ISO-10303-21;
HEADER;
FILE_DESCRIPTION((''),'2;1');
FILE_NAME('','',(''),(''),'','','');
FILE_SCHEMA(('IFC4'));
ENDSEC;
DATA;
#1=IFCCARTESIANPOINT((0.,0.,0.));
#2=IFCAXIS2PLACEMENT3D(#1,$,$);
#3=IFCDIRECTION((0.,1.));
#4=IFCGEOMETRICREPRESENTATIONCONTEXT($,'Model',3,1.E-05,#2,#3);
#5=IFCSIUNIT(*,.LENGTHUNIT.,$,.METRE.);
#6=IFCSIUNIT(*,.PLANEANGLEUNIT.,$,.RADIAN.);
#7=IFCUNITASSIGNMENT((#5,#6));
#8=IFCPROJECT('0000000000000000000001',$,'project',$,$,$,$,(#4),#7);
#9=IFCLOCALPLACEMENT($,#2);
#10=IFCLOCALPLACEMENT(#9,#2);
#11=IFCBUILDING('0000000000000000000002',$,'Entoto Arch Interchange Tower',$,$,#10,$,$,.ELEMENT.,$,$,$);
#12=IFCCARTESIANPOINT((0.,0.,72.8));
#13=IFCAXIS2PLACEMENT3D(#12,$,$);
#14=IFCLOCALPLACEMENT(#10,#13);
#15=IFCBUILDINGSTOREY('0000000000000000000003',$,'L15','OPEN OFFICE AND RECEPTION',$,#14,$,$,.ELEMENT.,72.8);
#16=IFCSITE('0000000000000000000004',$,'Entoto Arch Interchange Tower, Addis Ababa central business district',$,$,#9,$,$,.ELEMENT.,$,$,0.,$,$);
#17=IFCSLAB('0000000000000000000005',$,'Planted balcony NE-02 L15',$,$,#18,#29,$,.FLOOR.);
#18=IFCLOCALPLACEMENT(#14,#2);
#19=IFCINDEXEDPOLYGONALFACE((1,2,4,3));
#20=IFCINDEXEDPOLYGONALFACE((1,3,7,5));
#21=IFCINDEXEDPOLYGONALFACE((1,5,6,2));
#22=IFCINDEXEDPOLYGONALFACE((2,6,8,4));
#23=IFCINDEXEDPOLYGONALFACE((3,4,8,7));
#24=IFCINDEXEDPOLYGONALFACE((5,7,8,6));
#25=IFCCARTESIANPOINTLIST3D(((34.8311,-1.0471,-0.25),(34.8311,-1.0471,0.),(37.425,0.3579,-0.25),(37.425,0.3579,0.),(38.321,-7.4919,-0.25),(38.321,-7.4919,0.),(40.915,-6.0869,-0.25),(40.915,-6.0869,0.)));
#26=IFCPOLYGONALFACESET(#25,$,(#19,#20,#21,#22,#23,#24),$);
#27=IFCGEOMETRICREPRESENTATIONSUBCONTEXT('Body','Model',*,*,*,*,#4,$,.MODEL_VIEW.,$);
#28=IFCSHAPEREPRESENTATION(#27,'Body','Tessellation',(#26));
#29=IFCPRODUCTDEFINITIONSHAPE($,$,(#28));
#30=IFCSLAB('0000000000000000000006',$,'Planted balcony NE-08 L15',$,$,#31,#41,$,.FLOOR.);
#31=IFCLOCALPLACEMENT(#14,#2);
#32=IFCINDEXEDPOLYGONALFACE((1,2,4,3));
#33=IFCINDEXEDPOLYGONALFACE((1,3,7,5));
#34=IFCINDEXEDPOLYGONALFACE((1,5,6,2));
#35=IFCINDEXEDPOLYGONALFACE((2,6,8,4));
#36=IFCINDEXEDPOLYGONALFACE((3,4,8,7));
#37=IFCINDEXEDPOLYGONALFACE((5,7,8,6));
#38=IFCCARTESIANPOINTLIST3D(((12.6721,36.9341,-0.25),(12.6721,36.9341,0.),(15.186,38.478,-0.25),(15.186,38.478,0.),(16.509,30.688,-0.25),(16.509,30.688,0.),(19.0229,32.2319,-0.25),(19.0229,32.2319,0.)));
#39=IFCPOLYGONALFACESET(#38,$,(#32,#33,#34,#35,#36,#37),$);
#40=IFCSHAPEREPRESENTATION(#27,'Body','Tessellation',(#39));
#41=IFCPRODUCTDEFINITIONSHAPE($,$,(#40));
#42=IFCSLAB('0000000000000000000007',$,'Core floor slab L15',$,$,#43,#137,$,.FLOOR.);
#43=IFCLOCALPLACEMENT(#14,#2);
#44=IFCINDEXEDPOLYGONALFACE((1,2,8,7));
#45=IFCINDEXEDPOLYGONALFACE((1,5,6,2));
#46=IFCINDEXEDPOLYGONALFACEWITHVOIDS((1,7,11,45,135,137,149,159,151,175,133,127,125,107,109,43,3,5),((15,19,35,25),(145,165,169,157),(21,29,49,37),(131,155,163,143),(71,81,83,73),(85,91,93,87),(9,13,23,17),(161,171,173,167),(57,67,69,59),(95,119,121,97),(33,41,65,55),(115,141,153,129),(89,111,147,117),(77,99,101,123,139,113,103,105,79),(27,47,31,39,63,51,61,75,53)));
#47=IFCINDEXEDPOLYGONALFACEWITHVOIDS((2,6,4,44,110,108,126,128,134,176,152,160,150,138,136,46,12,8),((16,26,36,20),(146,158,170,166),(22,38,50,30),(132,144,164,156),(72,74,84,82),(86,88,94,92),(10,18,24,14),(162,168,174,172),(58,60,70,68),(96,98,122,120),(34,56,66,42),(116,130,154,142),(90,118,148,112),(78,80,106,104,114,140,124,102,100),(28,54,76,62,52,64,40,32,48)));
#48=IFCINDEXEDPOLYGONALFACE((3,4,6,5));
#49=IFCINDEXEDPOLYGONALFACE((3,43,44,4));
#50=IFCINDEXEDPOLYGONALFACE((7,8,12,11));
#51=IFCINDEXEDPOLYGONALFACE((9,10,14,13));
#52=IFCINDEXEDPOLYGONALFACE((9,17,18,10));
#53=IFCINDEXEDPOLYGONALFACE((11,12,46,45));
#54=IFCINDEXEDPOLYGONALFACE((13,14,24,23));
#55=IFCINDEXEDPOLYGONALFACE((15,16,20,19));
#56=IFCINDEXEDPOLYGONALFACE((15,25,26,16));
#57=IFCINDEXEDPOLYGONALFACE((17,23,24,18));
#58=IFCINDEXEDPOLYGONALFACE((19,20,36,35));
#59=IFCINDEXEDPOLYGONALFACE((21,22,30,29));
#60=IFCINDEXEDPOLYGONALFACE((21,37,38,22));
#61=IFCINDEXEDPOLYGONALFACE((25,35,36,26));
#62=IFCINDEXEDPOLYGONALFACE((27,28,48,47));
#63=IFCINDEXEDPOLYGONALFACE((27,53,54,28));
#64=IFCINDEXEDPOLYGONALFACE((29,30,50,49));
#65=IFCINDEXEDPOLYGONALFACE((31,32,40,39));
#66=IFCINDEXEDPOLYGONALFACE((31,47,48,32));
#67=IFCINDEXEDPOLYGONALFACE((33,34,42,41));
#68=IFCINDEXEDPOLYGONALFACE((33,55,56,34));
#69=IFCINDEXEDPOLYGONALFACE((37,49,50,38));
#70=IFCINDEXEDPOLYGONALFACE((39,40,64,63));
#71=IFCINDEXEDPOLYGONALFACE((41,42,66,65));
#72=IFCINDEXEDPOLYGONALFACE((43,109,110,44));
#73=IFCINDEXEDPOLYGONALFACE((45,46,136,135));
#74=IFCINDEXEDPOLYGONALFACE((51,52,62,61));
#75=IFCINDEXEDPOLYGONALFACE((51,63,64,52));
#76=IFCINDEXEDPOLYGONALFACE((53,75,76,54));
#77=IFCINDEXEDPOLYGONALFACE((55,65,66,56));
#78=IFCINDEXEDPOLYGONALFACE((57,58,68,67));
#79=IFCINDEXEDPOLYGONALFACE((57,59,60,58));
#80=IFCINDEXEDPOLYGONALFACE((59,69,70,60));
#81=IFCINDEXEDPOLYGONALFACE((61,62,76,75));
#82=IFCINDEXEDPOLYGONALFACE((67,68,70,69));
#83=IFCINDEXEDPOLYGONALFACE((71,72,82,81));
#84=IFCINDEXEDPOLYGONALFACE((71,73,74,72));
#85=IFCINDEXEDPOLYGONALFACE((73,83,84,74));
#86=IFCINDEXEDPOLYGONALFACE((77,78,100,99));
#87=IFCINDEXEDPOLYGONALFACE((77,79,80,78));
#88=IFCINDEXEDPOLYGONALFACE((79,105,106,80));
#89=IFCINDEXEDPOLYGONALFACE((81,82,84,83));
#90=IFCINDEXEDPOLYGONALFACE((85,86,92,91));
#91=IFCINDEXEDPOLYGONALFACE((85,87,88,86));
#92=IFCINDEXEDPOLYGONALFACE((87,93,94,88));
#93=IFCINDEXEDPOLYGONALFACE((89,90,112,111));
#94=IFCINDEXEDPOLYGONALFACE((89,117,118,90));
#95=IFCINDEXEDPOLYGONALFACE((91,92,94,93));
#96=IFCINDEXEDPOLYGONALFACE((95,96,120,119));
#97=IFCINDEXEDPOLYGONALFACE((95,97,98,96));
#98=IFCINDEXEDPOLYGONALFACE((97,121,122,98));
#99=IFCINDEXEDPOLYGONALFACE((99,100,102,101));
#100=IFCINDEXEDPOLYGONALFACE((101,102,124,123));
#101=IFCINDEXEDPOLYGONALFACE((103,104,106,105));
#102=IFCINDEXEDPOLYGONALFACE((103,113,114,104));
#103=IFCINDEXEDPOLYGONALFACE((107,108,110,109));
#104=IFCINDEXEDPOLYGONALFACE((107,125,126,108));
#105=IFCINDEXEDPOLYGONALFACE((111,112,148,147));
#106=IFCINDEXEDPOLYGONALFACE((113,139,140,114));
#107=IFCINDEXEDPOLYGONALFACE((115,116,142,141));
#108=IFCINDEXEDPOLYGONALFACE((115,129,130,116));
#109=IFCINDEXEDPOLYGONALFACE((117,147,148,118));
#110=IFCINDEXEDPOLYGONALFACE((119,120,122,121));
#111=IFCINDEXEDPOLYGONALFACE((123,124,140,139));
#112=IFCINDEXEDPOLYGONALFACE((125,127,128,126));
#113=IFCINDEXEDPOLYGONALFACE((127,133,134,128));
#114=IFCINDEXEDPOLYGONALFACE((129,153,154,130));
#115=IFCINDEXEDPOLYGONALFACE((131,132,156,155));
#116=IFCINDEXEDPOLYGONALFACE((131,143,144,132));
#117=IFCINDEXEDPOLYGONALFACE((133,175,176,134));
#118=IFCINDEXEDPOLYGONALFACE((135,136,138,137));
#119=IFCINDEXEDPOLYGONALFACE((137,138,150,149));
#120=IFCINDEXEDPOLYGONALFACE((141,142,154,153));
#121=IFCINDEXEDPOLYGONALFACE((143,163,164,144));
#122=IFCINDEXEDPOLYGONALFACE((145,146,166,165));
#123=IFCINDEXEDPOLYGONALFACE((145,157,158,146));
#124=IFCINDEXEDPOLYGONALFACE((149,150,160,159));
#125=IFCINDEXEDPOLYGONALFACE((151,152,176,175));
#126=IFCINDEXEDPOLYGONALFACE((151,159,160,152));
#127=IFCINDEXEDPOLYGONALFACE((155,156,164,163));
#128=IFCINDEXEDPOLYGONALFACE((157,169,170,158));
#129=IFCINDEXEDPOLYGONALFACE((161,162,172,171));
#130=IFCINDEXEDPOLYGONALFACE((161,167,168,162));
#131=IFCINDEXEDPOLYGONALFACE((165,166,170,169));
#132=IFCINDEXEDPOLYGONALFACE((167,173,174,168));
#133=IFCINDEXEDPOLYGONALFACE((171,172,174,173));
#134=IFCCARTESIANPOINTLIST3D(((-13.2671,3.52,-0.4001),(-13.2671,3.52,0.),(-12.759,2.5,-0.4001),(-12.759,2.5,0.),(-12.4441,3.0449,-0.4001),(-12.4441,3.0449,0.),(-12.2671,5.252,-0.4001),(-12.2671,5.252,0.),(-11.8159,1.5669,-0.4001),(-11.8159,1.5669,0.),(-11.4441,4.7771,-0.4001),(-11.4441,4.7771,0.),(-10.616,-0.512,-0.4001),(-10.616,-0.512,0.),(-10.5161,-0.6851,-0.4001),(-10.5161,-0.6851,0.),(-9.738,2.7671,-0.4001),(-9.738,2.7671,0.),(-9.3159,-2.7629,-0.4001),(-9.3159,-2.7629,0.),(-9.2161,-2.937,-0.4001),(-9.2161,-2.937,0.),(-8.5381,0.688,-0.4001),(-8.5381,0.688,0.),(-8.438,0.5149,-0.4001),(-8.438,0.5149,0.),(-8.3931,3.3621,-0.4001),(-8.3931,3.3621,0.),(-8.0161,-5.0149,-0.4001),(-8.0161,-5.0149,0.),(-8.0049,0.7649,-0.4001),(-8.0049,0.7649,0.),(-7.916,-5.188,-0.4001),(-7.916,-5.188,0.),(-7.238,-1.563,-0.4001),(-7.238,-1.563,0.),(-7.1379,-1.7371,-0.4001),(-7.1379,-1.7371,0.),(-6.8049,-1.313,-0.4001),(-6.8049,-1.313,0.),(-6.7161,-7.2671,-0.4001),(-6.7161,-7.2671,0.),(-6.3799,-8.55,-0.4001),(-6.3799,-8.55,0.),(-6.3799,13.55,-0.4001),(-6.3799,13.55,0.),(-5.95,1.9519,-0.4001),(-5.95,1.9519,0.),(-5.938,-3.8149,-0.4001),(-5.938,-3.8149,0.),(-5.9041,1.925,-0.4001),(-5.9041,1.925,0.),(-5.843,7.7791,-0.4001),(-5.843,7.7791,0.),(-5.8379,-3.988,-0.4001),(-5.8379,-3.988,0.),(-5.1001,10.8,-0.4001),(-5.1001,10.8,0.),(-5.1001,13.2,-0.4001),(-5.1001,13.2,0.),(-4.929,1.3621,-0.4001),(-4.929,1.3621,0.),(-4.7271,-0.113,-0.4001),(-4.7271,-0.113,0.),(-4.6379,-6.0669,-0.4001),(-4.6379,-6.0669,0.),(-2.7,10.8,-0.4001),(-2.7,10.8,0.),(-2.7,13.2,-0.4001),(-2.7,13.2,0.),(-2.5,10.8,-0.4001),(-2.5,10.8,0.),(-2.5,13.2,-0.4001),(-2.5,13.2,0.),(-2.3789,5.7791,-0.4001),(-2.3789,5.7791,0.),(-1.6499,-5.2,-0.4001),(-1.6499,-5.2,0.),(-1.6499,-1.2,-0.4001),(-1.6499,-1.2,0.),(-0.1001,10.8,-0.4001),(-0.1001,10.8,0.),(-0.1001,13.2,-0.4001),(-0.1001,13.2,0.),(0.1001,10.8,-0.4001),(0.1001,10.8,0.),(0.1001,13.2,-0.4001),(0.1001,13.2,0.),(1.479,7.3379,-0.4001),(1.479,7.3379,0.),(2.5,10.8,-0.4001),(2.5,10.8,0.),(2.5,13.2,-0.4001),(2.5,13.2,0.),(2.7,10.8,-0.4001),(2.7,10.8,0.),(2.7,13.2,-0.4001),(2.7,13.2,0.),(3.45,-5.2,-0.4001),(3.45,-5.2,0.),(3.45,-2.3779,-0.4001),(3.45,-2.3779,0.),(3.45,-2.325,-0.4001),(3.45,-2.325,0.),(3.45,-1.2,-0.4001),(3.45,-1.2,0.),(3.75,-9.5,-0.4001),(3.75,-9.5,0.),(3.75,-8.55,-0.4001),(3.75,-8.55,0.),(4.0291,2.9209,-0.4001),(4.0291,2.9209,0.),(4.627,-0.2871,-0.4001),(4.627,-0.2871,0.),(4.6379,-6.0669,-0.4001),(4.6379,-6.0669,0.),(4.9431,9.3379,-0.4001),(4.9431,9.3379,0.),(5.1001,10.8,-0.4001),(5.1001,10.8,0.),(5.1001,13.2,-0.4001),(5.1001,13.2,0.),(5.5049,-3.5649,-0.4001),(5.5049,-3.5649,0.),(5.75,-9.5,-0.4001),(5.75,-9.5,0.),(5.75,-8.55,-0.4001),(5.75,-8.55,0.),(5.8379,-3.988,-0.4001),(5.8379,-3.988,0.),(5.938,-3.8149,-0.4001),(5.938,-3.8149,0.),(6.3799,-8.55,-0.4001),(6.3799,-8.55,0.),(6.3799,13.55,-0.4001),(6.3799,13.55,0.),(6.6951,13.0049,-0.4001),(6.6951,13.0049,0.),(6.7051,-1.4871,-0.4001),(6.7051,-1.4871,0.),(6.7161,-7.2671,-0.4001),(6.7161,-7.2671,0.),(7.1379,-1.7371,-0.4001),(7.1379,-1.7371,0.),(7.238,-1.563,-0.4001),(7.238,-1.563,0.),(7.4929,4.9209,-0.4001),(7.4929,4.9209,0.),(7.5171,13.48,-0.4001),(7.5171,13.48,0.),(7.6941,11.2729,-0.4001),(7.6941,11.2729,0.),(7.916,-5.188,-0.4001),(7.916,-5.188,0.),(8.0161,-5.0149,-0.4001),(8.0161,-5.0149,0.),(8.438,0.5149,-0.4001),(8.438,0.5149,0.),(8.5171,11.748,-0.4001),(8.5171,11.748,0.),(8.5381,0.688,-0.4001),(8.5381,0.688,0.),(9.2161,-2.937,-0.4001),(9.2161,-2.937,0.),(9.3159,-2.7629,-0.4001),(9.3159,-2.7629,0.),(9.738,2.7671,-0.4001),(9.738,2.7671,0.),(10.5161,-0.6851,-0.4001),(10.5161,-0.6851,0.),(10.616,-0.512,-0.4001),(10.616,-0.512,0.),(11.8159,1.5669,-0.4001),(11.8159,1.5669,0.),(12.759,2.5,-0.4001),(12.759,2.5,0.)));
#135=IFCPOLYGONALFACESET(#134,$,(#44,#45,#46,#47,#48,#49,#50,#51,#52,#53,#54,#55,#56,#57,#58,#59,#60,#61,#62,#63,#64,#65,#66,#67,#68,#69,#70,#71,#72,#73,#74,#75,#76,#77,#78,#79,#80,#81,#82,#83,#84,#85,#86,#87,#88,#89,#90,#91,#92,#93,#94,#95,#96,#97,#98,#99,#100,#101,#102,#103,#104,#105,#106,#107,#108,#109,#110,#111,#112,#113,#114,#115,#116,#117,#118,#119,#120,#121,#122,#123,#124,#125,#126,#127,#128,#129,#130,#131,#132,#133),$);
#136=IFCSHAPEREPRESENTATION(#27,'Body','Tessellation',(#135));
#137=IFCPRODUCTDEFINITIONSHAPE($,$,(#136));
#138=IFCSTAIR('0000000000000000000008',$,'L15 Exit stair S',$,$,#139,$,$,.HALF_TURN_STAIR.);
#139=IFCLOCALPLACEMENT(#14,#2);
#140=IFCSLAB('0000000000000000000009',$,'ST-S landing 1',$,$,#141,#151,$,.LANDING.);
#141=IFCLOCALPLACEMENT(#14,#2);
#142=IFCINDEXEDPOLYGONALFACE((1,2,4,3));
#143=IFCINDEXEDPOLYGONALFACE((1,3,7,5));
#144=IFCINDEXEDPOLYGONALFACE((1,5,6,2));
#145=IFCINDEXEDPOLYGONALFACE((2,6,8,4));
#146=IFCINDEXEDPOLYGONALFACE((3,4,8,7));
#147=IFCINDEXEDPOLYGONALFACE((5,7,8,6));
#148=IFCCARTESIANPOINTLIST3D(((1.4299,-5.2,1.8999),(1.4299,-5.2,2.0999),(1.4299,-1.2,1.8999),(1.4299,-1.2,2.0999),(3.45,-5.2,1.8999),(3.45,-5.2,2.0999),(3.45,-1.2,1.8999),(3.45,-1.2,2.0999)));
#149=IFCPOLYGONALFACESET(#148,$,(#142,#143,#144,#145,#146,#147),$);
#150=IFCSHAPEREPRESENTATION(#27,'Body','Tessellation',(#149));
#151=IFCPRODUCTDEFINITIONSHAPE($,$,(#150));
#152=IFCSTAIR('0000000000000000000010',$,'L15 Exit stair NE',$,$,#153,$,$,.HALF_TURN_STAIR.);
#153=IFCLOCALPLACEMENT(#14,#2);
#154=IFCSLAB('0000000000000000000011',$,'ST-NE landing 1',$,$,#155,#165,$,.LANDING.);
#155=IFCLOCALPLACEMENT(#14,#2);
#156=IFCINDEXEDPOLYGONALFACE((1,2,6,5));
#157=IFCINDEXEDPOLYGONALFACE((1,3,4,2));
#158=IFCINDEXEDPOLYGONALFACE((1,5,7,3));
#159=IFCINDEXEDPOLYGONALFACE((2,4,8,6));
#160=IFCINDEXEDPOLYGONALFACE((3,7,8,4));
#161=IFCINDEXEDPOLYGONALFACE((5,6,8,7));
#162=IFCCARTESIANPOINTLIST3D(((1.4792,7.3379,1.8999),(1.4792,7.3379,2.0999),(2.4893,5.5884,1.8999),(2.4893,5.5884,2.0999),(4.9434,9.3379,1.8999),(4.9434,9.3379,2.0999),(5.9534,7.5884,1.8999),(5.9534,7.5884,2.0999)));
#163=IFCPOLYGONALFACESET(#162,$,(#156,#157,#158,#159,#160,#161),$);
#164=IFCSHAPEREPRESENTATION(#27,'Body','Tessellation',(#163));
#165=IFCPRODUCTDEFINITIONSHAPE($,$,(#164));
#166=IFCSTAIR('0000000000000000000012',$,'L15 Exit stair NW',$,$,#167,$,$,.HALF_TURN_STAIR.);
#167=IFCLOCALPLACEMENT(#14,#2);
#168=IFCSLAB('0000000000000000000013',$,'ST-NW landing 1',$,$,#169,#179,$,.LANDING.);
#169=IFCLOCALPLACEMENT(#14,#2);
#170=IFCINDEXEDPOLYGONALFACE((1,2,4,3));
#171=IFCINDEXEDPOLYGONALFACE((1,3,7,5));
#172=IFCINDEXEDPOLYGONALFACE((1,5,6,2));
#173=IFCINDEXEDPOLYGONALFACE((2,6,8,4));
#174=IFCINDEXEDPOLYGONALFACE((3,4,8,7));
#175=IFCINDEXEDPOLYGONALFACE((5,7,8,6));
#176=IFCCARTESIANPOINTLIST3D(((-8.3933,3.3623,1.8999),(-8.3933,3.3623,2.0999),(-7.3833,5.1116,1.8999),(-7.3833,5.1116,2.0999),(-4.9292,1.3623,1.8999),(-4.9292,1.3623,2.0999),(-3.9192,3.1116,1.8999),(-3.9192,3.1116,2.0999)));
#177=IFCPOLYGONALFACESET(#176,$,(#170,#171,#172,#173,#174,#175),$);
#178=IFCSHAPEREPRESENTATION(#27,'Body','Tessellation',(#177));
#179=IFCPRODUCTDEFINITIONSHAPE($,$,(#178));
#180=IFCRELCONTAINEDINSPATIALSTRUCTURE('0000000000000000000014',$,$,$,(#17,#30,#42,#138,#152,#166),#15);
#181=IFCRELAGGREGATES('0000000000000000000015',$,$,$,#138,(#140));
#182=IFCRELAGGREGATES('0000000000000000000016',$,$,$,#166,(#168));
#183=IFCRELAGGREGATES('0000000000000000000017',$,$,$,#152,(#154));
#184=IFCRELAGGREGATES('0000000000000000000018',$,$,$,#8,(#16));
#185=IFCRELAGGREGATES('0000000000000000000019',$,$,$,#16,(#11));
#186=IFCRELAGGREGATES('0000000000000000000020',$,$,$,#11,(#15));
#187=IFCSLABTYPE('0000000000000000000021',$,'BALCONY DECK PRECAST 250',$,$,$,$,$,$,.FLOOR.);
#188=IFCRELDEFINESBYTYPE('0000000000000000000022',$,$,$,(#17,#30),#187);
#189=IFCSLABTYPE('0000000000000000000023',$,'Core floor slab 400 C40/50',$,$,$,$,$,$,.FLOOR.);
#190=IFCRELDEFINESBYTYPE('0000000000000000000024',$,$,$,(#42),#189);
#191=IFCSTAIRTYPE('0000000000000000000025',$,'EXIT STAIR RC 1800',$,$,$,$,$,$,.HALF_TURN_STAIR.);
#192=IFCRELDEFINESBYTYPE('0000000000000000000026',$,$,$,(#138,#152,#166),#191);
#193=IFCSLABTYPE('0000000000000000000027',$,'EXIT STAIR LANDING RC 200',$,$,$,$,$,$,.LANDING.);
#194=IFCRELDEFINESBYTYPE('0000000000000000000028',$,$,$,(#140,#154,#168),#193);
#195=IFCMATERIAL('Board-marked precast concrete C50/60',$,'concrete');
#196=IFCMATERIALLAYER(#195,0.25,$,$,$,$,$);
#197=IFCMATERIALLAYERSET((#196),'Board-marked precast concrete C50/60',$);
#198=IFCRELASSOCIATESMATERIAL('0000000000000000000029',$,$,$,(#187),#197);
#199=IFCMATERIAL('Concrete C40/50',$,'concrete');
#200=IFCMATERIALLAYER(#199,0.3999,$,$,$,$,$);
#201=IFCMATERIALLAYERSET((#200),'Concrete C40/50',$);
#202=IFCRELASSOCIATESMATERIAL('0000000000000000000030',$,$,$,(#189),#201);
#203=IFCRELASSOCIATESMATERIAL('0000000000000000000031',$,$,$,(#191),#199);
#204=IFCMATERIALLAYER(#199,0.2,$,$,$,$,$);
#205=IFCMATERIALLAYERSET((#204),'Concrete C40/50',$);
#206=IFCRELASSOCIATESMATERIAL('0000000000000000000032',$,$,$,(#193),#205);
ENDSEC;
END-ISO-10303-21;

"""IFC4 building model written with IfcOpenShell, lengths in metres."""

from ifc_helpers import new_model, si_unit, direction, frame, origin, place, context, subcontext, project, spatial, polyline, outline, extrude, material, layer, layer_set, type_object, element, aggregate, save


model = new_model("IFC4")

# Units and contexts
model_context = context("Model", 3, precision=1e-05, world=origin(), true_north=direction((0.0, 1.0)))
body_context = subcontext(model_context, "Body", "Model", "MODEL_VIEW")
ifc_project = project(units=[si_unit("LENGTHUNIT", "METRE"), si_unit("PLANEANGLEUNIT", "RADIAN")], contexts=[model_context])

# Site, building, storey
site_placement = place(None, origin())
site = spatial("IfcSite", under=ifc_project, at=site_placement, Name="Entoto Arch Interchange Tower, Addis Ababa central business district", CompositionType="ELEMENT", RefElevation=0.0)
building_placement = place(site_placement, origin())
building = spatial("IfcBuilding", under=site, at=building_placement, Name="Entoto Arch Interchange Tower", CompositionType="ELEMENT")
storey_placement = place(building_placement, frame((0.0, 0.0, 72.8)))
storey = spatial("IfcBuildingStorey", under=building, at=storey_placement, Name="L15", Description="OPEN OFFICE AND RECEPTION", CompositionType="ELEMENT", Elevation=72.8)

# Slabs
ifc_material_1 = material(Name="Board-marked precast concrete C50/60", Category="concrete")
ifc_layer_1 = layer(ifc_material_1, 0.25)
ifc_layer_set_1 = layer_set([ifc_layer_1], Name="Board-marked precast concrete C50/60")
slab_type_1 = type_object("IfcSlabType", Name="BALCONY DECK PRECAST 250", PredefinedType="FLOOR", material=ifc_layer_set_1)
slab_1_placement = place(storey_placement, frame((0.0, 0.0, -0.25)))
element("IfcSlab", 1, at=slab_1_placement, inside=storey, type_object=slab_type_1, Name="Planted balcony NE-02 L15", PredefinedType="FLOOR", context=body_context, shape_type="SweptSolid", body=[
    extrude(outline(polyline([(38.321, -7.4919), (34.8311, -1.0471), (37.425, 0.3579), (40.915, -6.0869), (38.321, -7.4919)])), origin(), (0.0, 0.0, 1.0), 0.25),
])
slab_2_placement = place(storey_placement, frame((0.0, 0.0, -0.25)))
element("IfcSlab", 2, at=slab_2_placement, inside=storey, type_object=slab_type_1, Name="Planted balcony NE-08 L15", PredefinedType="FLOOR", context=body_context, shape_type="SweptSolid", body=[
    extrude(outline(polyline([(16.509, 30.688), (12.6721, 36.9341), (15.186, 38.478), (19.0229, 32.2319), (16.509, 30.688)])), origin(), (0.0, 0.0, 1.0), 0.25),
])
ifc_material_2 = material(Name="Concrete C40/50", Category="concrete")
ifc_layer_2 = layer(ifc_material_2, 0.3999)
ifc_layer_set_2 = layer_set([ifc_layer_2], Name="Concrete C40/50")
slab_type_2 = type_object("IfcSlabType", Name="Core floor slab 400 C40/50", PredefinedType="FLOOR", material=ifc_layer_set_2)
slab_3_placement = place(storey_placement, frame((0.0, 0.0, -0.4001)))
element("IfcSlab", 3, at=slab_3_placement, inside=storey, type_object=slab_type_2, Name="Core floor slab L15", PredefinedType="FLOOR", context=body_context, shape_type="SweptSolid", body=[
    extrude(outline(polyline([(5.75, -9.5), (3.75, -9.5), (3.75, -8.55), (-6.3799, -8.55), (-12.759, 2.5), (-12.4441, 3.0449), (-13.2671, 3.52), (-12.2671, 5.252), (-11.4441, 4.7771), (-6.3799, 13.55), (6.3799, 13.55), (6.6951, 13.0049), (7.5171, 13.48), (8.5171, 11.748), (7.6941, 11.2729), (12.759, 2.5), (6.3799, -8.55), (5.75, -8.55), (5.75, -9.5)]), holes=[polyline([(-4.6379, -6.0669), (-5.8379, -3.988), (-7.916, -5.188), (-6.7161, -7.2671), (-4.6379, -6.0669)]), polyline([(-5.938, -3.8149), (-7.1379, -1.7371), (-9.2161, -2.937), (-8.0161, -5.0149), (-5.938, -3.8149)]), polyline([(5.5049, -3.5649), (6.7051, -1.4871), (4.627, -0.2871), (3.45, -2.325), (3.45, -1.2), (-1.6499, -1.2), (-1.6499, -5.2), (3.45, -5.2), (3.45, -2.3779), (5.5049, -3.5649)]), polyline([(-7.238, -1.563), (-8.438, 0.5149), (-10.5161, -0.6851), (-9.3159, -2.7629), (-7.238, -1.563)]), polyline([(-4.7271, -0.113), (-5.9041, 1.925), (-4.929, 1.3621), (-2.3789, 5.7791), (-5.843, 7.7791), (-8.3931, 3.3621), (-5.95, 1.9519), (-8.0049, 0.7649), (-6.8049, -1.313), (-4.7271, -0.113)]), polyline([(-8.5381, 0.688), (-9.738, 2.7671), (-11.8159, 1.5669), (-10.616, -0.512), (-8.5381, 0.688)]), polyline([(-5.1001, 10.8), (-2.7, 10.8), (-2.7, 13.2), (-5.1001, 13.2), (-5.1001, 10.8)]), polyline([(-2.5, 10.8), (-0.1001, 10.8), (-0.1001, 13.2), (-2.5, 13.2), (-2.5, 10.8)]), polyline([(5.8379, -3.988), (4.6379, -6.0669), (6.7161, -7.2671), (7.916, -5.188), (5.8379, -3.988)]), polyline([(7.1379, -1.7371), (5.938, -3.8149), (8.0161, -5.0149), (9.2161, -2.937), (7.1379, -1.7371)]), polyline([(8.438, 0.5149), (7.238, -1.563), (9.3159, -2.7629), (10.5161, -0.6851), (8.438, 0.5149)]), polyline([(9.738, 2.7671), (8.5381, 0.688), (10.616, -0.512), (11.8159, 1.5669), (9.738, 2.7671)]), polyline([(4.0291, 2.9209), (7.4929, 4.9209), (4.9431, 9.3379), (1.479, 7.3379), (4.0291, 2.9209)]), polyline([(0.1001, 13.2), (0.1001, 10.8), (2.5, 10.8), (2.5, 13.2), (0.1001, 13.2)]), polyline([(2.7, 13.2), (2.7, 10.8), (5.1001, 10.8), (5.1001, 13.2), (2.7, 13.2)])]), origin(), (0.0, 0.0, 1.0), 0.4001),
])

# Stairs, slabs
stair_type = type_object("IfcStairType", Name="EXIT STAIR RC 1800", PredefinedType="HALF_TURN_STAIR", material=ifc_material_2)
stair_1_placement = place(storey_placement, origin())
stair_1 = element("IfcStair", 4, at=stair_1_placement, inside=storey, type_object=stair_type, Name="L15 Exit stair S", PredefinedType="HALF_TURN_STAIR")
ifc_layer_3 = layer(ifc_material_2, 0.2)
ifc_layer_set_3 = layer_set([ifc_layer_3], Name="Concrete C40/50")
slab_type_3 = type_object("IfcSlabType", Name="EXIT STAIR LANDING RC 200", PredefinedType="LANDING", material=ifc_layer_set_3)
slab_4_placement = place(storey_placement, frame((0.0, 0.0, 1.8999)))
slab_4 = element("IfcSlab", 5, at=slab_4_placement, type_object=slab_type_3, Name="ST-S landing 1", PredefinedType="LANDING", context=body_context, shape_type="SweptSolid", body=[
    extrude(outline(polyline([(1.4299, -5.2), (3.45, -5.2), (3.45, -1.2), (1.4299, -1.2), (1.4299, -5.2)])), origin(), (0.0, 0.0, 1.0), 0.2),
])
aggregate(stair_1, [slab_4])
stair_2_placement = place(storey_placement, origin())
stair_2 = element("IfcStair", 6, at=stair_2_placement, inside=storey, type_object=stair_type, Name="L15 Exit stair NE", PredefinedType="HALF_TURN_STAIR")
slab_5_placement = place(storey_placement, frame((0.0, 0.0, 1.8999)))
slab_5 = element("IfcSlab", 7, at=slab_5_placement, type_object=slab_type_3, Name="ST-NE landing 1", PredefinedType="LANDING", context=body_context, shape_type="SweptSolid", body=[
    extrude(outline(polyline([(5.9534, 7.5884), (4.9434, 9.3379), (1.4792, 7.3379), (2.4893, 5.5884), (5.9534, 7.5884)])), origin(), (0.0, 0.0, 1.0), 0.2),
])
stair_3_placement = place(storey_placement, origin())
stair_3 = element("IfcStair", 8, at=stair_3_placement, inside=storey, type_object=stair_type, Name="L15 Exit stair NW", PredefinedType="HALF_TURN_STAIR")
slab_6_placement = place(storey_placement, frame((0.0, 0.0, 1.8999)))
slab_6 = element("IfcSlab", 9, at=slab_6_placement, type_object=slab_type_3, Name="ST-NW landing 1", PredefinedType="LANDING", context=body_context, shape_type="SweptSolid", body=[
    extrude(outline(polyline([(-7.3833, 5.1116), (-8.3933, 3.3623), (-4.9292, 1.3623), (-3.9192, 3.1116), (-7.3833, 5.1116)])), origin(), (0.0, 0.0, 1.0), 0.2),
])
aggregate(stair_3, [slab_6])

aggregate(stair_2, [slab_5])

save(model, "model.ifc")
